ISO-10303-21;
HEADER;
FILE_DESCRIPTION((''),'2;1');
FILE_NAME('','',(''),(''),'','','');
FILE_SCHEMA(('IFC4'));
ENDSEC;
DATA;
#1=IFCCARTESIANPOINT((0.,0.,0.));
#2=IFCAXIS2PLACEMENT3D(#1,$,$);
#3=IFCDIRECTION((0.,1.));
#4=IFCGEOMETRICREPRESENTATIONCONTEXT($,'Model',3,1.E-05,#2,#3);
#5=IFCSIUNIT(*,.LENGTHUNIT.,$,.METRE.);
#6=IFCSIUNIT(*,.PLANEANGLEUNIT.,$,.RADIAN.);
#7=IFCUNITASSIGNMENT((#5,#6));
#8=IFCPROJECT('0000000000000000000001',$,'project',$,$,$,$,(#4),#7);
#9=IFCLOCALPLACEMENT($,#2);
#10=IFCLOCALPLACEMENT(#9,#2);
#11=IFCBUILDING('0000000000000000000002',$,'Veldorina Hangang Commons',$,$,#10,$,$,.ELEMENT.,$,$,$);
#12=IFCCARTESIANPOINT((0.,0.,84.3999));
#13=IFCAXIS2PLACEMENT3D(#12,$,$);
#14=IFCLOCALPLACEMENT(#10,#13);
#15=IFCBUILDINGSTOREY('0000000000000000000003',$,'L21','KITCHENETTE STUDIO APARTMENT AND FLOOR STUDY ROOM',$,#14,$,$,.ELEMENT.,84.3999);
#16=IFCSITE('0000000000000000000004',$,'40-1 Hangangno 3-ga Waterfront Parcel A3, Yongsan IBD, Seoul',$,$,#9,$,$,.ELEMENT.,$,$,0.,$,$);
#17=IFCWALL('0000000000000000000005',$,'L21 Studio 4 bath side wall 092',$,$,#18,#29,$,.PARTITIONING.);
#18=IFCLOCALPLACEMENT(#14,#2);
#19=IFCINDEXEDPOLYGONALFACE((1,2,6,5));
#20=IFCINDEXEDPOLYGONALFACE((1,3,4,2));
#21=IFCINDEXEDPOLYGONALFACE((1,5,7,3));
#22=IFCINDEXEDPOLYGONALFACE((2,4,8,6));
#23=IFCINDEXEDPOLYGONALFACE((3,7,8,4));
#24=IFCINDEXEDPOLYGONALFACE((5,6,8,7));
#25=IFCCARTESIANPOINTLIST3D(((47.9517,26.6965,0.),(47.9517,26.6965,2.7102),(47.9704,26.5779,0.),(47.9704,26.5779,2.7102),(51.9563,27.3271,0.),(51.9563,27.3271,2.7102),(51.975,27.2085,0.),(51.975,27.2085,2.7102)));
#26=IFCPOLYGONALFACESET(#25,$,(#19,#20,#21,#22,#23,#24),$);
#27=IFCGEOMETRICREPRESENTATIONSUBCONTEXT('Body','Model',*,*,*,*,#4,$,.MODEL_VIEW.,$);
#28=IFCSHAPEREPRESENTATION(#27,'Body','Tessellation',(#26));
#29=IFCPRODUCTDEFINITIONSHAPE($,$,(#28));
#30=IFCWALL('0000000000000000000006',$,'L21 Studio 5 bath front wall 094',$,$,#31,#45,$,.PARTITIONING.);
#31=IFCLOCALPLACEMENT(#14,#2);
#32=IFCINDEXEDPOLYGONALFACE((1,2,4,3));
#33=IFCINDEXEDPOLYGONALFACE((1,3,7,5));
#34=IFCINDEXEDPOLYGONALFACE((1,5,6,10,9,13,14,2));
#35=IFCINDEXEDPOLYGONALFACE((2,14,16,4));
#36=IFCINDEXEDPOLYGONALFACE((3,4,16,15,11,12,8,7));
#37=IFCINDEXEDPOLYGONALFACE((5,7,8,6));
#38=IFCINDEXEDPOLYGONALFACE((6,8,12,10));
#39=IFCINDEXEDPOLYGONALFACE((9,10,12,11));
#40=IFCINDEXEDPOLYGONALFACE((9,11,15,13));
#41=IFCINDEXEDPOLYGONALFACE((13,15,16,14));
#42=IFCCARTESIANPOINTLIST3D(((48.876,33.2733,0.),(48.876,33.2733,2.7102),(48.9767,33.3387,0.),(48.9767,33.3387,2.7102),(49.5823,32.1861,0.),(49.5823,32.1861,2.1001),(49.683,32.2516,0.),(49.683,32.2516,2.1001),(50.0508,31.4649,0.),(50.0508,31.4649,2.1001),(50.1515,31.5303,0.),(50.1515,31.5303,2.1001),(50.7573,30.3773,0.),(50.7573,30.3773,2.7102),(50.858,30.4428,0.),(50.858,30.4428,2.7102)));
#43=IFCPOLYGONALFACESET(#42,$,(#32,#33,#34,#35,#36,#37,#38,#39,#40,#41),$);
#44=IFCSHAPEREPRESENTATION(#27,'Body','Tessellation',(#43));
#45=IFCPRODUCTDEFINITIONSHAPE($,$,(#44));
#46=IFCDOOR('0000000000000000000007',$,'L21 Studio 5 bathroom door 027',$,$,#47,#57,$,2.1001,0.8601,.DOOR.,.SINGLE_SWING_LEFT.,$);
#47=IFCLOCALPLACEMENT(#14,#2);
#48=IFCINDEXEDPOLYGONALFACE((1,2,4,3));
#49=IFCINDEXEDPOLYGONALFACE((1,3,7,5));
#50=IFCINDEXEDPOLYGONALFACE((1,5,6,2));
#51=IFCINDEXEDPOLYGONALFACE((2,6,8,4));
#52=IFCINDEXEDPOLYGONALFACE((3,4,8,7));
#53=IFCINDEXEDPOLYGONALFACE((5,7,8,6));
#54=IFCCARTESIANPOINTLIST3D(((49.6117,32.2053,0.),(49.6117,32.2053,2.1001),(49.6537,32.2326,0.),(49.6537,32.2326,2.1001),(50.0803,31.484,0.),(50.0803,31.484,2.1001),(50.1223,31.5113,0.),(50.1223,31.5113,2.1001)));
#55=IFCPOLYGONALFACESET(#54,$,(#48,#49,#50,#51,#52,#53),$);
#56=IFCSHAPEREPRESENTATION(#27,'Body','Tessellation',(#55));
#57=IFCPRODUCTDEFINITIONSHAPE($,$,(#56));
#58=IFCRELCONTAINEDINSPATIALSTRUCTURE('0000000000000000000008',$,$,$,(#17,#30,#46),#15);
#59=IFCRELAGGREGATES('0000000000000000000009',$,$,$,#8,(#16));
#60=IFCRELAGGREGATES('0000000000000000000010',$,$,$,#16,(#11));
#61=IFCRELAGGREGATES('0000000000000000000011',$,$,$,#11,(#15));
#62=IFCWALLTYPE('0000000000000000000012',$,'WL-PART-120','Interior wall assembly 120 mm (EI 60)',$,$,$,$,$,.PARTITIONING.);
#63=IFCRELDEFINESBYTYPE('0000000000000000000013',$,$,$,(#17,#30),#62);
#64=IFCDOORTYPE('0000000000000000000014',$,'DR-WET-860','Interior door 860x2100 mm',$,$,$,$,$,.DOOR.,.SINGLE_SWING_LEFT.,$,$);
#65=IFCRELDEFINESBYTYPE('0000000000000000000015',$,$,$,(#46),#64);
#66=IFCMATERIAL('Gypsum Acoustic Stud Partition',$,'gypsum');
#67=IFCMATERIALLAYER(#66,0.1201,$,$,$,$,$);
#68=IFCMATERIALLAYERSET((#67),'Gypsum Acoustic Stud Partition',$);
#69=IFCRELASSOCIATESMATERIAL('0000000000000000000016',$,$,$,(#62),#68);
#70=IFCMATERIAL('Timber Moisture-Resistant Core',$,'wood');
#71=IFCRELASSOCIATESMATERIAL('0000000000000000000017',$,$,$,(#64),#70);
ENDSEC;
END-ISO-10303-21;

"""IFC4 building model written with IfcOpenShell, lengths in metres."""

from ifc_helpers import new_model, si_unit, direction, frame, frame_2d, origin, place, context, subcontext, project, spatial, rectangle, extrude, material, layer, layer_set, type_object, element, fill, save


model = new_model("IFC4")

# Units and contexts
model_context = context("Model", 3, precision=1e-05, world=origin(), true_north=direction((0.0, 1.0)))
body_context = subcontext(model_context, "Body", "Model", "MODEL_VIEW")
ifc_project = project(units=[si_unit("LENGTHUNIT", "METRE"), si_unit("PLANEANGLEUNIT", "RADIAN")], contexts=[model_context])

# Site, building, storey
site_placement = place(None, origin())
site = spatial("IfcSite", under=ifc_project, at=site_placement, Name="40-1 Hangangno 3-ga Waterfront Parcel A3, Yongsan IBD, Seoul", CompositionType="ELEMENT", RefElevation=0.0)
building_placement = place(site_placement, origin())
building = spatial("IfcBuilding", under=site, at=building_placement, Name="Veldorina Hangang Commons", CompositionType="ELEMENT")
storey_placement = place(building_placement, frame((0.0, 0.0, 84.3999)))
storey = spatial("IfcBuildingStorey", under=building, at=storey_placement, Name="L21", Description="KITCHENETTE STUDIO APARTMENT AND FLOOR STUDY ROOM", CompositionType="ELEMENT", Elevation=84.3999)

# Shared definitions
ifc_material_1 = material(Name="Gypsum Acoustic Stud Partition", Category="gypsum")
ifc_layer_1 = layer(ifc_material_1, 0.1201)
ifc_layer_set_1 = layer_set([ifc_layer_1], Name="Gypsum Acoustic Stud Partition")
wall_type_1 = type_object("IfcWallType", Name="WL-PART-120", Description="Interior wall assembly 120 mm (EI 60)", PredefinedType="PARTITIONING", material=ifc_layer_set_1)
ifc_material_2 = material(Name="Timber Moisture-Resistant Core", Category="wood")
door_type_1 = type_object("IfcDoorType", Name="DR-WET-860", Description="Interior door 860x2100 mm", OperationType="SINGLE_SWING_LEFT", PredefinedType="DOOR", material=ifc_material_2)

# Wall
wall_1_placement = place(storey_placement, frame((47.9612, 26.6372, 0.0), z_axis=(0.0, 0.0, 1.0), x_axis=(0.987827, 0.155554, 0.0)))
element("IfcWall", 1, at=wall_1_placement, inside=storey, type_object=wall_type_1, Name="L21 Studio 4 bath side wall 092", PredefinedType="PARTITIONING", context=body_context, shape_type="SweptSolid", body=[
    extrude(rectangle(XDim=4.054, YDim=0.1201, at=frame_2d((2.0269, 0.0))), origin(), (0.0, 0.0, 1.0), 2.7102),
])

# Wall, opening, door
wall_2_placement = place(storey_placement, frame((50.8076, 30.4102, 0.0), z_axis=(0.0, 0.0, 1.0), x_axis=(-0.544775, 0.838582, 0.0)))
wall_2 = element("IfcWall", 2, at=wall_2_placement, inside=storey, type_object=wall_type_1, Name="L21 Studio 5 bath front wall 094", PredefinedType="PARTITIONING", context=body_context, shape_type="SweptSolid", body=[
    extrude(rectangle(XDim=3.4534, YDim=0.1201, at=frame_2d((1.7266, 0.0))), origin(), (0.0, 0.0, 1.0), 2.7102),
])
opening_1_placement = place(wall_2_placement, frame((1.2966, 0.0, 0.0)))
opening_1 = element("IfcOpeningElement", 3, at=opening_1_placement, cuts=wall_2, PredefinedType="OPENING", context=body_context, shape_type="SweptSolid", body=[
    extrude(rectangle(XDim=0.8601, YDim=2.1001, at=frame_2d((0.4302, 1.05))), frame((0.0, 0.0701, 0.0), z_axis=(0.0, -1.0, 0.0), x_axis=(1.0, 0.0, 0.0)), (0.0, 0.0, 1.0), 0.1401),
])
door_1_placement = place(opening_1_placement, origin())
door_1 = element("IfcDoor", 4, at=door_1_placement, inside=storey, type_object=door_type_1, Name="L21 Studio 5 bathroom door 027", OperationType="SINGLE_SWING_LEFT", OverallHeight=2.1001, OverallWidth=0.8601, PredefinedType="DOOR", context=body_context, shape_type="SweptSolid", body=[
    extrude(rectangle(XDim=0.8601, YDim=2.1001, at=frame_2d((0.4302, 1.05))), frame((0.0, 0.0249, 0.0), z_axis=(0.0, -1.0, 0.0), x_axis=(1.0, 0.0, 0.0)), (0.0, 0.0, 1.0), 0.05),
])
fill(opening_1, door_1)

save(model, "model.ifc")
